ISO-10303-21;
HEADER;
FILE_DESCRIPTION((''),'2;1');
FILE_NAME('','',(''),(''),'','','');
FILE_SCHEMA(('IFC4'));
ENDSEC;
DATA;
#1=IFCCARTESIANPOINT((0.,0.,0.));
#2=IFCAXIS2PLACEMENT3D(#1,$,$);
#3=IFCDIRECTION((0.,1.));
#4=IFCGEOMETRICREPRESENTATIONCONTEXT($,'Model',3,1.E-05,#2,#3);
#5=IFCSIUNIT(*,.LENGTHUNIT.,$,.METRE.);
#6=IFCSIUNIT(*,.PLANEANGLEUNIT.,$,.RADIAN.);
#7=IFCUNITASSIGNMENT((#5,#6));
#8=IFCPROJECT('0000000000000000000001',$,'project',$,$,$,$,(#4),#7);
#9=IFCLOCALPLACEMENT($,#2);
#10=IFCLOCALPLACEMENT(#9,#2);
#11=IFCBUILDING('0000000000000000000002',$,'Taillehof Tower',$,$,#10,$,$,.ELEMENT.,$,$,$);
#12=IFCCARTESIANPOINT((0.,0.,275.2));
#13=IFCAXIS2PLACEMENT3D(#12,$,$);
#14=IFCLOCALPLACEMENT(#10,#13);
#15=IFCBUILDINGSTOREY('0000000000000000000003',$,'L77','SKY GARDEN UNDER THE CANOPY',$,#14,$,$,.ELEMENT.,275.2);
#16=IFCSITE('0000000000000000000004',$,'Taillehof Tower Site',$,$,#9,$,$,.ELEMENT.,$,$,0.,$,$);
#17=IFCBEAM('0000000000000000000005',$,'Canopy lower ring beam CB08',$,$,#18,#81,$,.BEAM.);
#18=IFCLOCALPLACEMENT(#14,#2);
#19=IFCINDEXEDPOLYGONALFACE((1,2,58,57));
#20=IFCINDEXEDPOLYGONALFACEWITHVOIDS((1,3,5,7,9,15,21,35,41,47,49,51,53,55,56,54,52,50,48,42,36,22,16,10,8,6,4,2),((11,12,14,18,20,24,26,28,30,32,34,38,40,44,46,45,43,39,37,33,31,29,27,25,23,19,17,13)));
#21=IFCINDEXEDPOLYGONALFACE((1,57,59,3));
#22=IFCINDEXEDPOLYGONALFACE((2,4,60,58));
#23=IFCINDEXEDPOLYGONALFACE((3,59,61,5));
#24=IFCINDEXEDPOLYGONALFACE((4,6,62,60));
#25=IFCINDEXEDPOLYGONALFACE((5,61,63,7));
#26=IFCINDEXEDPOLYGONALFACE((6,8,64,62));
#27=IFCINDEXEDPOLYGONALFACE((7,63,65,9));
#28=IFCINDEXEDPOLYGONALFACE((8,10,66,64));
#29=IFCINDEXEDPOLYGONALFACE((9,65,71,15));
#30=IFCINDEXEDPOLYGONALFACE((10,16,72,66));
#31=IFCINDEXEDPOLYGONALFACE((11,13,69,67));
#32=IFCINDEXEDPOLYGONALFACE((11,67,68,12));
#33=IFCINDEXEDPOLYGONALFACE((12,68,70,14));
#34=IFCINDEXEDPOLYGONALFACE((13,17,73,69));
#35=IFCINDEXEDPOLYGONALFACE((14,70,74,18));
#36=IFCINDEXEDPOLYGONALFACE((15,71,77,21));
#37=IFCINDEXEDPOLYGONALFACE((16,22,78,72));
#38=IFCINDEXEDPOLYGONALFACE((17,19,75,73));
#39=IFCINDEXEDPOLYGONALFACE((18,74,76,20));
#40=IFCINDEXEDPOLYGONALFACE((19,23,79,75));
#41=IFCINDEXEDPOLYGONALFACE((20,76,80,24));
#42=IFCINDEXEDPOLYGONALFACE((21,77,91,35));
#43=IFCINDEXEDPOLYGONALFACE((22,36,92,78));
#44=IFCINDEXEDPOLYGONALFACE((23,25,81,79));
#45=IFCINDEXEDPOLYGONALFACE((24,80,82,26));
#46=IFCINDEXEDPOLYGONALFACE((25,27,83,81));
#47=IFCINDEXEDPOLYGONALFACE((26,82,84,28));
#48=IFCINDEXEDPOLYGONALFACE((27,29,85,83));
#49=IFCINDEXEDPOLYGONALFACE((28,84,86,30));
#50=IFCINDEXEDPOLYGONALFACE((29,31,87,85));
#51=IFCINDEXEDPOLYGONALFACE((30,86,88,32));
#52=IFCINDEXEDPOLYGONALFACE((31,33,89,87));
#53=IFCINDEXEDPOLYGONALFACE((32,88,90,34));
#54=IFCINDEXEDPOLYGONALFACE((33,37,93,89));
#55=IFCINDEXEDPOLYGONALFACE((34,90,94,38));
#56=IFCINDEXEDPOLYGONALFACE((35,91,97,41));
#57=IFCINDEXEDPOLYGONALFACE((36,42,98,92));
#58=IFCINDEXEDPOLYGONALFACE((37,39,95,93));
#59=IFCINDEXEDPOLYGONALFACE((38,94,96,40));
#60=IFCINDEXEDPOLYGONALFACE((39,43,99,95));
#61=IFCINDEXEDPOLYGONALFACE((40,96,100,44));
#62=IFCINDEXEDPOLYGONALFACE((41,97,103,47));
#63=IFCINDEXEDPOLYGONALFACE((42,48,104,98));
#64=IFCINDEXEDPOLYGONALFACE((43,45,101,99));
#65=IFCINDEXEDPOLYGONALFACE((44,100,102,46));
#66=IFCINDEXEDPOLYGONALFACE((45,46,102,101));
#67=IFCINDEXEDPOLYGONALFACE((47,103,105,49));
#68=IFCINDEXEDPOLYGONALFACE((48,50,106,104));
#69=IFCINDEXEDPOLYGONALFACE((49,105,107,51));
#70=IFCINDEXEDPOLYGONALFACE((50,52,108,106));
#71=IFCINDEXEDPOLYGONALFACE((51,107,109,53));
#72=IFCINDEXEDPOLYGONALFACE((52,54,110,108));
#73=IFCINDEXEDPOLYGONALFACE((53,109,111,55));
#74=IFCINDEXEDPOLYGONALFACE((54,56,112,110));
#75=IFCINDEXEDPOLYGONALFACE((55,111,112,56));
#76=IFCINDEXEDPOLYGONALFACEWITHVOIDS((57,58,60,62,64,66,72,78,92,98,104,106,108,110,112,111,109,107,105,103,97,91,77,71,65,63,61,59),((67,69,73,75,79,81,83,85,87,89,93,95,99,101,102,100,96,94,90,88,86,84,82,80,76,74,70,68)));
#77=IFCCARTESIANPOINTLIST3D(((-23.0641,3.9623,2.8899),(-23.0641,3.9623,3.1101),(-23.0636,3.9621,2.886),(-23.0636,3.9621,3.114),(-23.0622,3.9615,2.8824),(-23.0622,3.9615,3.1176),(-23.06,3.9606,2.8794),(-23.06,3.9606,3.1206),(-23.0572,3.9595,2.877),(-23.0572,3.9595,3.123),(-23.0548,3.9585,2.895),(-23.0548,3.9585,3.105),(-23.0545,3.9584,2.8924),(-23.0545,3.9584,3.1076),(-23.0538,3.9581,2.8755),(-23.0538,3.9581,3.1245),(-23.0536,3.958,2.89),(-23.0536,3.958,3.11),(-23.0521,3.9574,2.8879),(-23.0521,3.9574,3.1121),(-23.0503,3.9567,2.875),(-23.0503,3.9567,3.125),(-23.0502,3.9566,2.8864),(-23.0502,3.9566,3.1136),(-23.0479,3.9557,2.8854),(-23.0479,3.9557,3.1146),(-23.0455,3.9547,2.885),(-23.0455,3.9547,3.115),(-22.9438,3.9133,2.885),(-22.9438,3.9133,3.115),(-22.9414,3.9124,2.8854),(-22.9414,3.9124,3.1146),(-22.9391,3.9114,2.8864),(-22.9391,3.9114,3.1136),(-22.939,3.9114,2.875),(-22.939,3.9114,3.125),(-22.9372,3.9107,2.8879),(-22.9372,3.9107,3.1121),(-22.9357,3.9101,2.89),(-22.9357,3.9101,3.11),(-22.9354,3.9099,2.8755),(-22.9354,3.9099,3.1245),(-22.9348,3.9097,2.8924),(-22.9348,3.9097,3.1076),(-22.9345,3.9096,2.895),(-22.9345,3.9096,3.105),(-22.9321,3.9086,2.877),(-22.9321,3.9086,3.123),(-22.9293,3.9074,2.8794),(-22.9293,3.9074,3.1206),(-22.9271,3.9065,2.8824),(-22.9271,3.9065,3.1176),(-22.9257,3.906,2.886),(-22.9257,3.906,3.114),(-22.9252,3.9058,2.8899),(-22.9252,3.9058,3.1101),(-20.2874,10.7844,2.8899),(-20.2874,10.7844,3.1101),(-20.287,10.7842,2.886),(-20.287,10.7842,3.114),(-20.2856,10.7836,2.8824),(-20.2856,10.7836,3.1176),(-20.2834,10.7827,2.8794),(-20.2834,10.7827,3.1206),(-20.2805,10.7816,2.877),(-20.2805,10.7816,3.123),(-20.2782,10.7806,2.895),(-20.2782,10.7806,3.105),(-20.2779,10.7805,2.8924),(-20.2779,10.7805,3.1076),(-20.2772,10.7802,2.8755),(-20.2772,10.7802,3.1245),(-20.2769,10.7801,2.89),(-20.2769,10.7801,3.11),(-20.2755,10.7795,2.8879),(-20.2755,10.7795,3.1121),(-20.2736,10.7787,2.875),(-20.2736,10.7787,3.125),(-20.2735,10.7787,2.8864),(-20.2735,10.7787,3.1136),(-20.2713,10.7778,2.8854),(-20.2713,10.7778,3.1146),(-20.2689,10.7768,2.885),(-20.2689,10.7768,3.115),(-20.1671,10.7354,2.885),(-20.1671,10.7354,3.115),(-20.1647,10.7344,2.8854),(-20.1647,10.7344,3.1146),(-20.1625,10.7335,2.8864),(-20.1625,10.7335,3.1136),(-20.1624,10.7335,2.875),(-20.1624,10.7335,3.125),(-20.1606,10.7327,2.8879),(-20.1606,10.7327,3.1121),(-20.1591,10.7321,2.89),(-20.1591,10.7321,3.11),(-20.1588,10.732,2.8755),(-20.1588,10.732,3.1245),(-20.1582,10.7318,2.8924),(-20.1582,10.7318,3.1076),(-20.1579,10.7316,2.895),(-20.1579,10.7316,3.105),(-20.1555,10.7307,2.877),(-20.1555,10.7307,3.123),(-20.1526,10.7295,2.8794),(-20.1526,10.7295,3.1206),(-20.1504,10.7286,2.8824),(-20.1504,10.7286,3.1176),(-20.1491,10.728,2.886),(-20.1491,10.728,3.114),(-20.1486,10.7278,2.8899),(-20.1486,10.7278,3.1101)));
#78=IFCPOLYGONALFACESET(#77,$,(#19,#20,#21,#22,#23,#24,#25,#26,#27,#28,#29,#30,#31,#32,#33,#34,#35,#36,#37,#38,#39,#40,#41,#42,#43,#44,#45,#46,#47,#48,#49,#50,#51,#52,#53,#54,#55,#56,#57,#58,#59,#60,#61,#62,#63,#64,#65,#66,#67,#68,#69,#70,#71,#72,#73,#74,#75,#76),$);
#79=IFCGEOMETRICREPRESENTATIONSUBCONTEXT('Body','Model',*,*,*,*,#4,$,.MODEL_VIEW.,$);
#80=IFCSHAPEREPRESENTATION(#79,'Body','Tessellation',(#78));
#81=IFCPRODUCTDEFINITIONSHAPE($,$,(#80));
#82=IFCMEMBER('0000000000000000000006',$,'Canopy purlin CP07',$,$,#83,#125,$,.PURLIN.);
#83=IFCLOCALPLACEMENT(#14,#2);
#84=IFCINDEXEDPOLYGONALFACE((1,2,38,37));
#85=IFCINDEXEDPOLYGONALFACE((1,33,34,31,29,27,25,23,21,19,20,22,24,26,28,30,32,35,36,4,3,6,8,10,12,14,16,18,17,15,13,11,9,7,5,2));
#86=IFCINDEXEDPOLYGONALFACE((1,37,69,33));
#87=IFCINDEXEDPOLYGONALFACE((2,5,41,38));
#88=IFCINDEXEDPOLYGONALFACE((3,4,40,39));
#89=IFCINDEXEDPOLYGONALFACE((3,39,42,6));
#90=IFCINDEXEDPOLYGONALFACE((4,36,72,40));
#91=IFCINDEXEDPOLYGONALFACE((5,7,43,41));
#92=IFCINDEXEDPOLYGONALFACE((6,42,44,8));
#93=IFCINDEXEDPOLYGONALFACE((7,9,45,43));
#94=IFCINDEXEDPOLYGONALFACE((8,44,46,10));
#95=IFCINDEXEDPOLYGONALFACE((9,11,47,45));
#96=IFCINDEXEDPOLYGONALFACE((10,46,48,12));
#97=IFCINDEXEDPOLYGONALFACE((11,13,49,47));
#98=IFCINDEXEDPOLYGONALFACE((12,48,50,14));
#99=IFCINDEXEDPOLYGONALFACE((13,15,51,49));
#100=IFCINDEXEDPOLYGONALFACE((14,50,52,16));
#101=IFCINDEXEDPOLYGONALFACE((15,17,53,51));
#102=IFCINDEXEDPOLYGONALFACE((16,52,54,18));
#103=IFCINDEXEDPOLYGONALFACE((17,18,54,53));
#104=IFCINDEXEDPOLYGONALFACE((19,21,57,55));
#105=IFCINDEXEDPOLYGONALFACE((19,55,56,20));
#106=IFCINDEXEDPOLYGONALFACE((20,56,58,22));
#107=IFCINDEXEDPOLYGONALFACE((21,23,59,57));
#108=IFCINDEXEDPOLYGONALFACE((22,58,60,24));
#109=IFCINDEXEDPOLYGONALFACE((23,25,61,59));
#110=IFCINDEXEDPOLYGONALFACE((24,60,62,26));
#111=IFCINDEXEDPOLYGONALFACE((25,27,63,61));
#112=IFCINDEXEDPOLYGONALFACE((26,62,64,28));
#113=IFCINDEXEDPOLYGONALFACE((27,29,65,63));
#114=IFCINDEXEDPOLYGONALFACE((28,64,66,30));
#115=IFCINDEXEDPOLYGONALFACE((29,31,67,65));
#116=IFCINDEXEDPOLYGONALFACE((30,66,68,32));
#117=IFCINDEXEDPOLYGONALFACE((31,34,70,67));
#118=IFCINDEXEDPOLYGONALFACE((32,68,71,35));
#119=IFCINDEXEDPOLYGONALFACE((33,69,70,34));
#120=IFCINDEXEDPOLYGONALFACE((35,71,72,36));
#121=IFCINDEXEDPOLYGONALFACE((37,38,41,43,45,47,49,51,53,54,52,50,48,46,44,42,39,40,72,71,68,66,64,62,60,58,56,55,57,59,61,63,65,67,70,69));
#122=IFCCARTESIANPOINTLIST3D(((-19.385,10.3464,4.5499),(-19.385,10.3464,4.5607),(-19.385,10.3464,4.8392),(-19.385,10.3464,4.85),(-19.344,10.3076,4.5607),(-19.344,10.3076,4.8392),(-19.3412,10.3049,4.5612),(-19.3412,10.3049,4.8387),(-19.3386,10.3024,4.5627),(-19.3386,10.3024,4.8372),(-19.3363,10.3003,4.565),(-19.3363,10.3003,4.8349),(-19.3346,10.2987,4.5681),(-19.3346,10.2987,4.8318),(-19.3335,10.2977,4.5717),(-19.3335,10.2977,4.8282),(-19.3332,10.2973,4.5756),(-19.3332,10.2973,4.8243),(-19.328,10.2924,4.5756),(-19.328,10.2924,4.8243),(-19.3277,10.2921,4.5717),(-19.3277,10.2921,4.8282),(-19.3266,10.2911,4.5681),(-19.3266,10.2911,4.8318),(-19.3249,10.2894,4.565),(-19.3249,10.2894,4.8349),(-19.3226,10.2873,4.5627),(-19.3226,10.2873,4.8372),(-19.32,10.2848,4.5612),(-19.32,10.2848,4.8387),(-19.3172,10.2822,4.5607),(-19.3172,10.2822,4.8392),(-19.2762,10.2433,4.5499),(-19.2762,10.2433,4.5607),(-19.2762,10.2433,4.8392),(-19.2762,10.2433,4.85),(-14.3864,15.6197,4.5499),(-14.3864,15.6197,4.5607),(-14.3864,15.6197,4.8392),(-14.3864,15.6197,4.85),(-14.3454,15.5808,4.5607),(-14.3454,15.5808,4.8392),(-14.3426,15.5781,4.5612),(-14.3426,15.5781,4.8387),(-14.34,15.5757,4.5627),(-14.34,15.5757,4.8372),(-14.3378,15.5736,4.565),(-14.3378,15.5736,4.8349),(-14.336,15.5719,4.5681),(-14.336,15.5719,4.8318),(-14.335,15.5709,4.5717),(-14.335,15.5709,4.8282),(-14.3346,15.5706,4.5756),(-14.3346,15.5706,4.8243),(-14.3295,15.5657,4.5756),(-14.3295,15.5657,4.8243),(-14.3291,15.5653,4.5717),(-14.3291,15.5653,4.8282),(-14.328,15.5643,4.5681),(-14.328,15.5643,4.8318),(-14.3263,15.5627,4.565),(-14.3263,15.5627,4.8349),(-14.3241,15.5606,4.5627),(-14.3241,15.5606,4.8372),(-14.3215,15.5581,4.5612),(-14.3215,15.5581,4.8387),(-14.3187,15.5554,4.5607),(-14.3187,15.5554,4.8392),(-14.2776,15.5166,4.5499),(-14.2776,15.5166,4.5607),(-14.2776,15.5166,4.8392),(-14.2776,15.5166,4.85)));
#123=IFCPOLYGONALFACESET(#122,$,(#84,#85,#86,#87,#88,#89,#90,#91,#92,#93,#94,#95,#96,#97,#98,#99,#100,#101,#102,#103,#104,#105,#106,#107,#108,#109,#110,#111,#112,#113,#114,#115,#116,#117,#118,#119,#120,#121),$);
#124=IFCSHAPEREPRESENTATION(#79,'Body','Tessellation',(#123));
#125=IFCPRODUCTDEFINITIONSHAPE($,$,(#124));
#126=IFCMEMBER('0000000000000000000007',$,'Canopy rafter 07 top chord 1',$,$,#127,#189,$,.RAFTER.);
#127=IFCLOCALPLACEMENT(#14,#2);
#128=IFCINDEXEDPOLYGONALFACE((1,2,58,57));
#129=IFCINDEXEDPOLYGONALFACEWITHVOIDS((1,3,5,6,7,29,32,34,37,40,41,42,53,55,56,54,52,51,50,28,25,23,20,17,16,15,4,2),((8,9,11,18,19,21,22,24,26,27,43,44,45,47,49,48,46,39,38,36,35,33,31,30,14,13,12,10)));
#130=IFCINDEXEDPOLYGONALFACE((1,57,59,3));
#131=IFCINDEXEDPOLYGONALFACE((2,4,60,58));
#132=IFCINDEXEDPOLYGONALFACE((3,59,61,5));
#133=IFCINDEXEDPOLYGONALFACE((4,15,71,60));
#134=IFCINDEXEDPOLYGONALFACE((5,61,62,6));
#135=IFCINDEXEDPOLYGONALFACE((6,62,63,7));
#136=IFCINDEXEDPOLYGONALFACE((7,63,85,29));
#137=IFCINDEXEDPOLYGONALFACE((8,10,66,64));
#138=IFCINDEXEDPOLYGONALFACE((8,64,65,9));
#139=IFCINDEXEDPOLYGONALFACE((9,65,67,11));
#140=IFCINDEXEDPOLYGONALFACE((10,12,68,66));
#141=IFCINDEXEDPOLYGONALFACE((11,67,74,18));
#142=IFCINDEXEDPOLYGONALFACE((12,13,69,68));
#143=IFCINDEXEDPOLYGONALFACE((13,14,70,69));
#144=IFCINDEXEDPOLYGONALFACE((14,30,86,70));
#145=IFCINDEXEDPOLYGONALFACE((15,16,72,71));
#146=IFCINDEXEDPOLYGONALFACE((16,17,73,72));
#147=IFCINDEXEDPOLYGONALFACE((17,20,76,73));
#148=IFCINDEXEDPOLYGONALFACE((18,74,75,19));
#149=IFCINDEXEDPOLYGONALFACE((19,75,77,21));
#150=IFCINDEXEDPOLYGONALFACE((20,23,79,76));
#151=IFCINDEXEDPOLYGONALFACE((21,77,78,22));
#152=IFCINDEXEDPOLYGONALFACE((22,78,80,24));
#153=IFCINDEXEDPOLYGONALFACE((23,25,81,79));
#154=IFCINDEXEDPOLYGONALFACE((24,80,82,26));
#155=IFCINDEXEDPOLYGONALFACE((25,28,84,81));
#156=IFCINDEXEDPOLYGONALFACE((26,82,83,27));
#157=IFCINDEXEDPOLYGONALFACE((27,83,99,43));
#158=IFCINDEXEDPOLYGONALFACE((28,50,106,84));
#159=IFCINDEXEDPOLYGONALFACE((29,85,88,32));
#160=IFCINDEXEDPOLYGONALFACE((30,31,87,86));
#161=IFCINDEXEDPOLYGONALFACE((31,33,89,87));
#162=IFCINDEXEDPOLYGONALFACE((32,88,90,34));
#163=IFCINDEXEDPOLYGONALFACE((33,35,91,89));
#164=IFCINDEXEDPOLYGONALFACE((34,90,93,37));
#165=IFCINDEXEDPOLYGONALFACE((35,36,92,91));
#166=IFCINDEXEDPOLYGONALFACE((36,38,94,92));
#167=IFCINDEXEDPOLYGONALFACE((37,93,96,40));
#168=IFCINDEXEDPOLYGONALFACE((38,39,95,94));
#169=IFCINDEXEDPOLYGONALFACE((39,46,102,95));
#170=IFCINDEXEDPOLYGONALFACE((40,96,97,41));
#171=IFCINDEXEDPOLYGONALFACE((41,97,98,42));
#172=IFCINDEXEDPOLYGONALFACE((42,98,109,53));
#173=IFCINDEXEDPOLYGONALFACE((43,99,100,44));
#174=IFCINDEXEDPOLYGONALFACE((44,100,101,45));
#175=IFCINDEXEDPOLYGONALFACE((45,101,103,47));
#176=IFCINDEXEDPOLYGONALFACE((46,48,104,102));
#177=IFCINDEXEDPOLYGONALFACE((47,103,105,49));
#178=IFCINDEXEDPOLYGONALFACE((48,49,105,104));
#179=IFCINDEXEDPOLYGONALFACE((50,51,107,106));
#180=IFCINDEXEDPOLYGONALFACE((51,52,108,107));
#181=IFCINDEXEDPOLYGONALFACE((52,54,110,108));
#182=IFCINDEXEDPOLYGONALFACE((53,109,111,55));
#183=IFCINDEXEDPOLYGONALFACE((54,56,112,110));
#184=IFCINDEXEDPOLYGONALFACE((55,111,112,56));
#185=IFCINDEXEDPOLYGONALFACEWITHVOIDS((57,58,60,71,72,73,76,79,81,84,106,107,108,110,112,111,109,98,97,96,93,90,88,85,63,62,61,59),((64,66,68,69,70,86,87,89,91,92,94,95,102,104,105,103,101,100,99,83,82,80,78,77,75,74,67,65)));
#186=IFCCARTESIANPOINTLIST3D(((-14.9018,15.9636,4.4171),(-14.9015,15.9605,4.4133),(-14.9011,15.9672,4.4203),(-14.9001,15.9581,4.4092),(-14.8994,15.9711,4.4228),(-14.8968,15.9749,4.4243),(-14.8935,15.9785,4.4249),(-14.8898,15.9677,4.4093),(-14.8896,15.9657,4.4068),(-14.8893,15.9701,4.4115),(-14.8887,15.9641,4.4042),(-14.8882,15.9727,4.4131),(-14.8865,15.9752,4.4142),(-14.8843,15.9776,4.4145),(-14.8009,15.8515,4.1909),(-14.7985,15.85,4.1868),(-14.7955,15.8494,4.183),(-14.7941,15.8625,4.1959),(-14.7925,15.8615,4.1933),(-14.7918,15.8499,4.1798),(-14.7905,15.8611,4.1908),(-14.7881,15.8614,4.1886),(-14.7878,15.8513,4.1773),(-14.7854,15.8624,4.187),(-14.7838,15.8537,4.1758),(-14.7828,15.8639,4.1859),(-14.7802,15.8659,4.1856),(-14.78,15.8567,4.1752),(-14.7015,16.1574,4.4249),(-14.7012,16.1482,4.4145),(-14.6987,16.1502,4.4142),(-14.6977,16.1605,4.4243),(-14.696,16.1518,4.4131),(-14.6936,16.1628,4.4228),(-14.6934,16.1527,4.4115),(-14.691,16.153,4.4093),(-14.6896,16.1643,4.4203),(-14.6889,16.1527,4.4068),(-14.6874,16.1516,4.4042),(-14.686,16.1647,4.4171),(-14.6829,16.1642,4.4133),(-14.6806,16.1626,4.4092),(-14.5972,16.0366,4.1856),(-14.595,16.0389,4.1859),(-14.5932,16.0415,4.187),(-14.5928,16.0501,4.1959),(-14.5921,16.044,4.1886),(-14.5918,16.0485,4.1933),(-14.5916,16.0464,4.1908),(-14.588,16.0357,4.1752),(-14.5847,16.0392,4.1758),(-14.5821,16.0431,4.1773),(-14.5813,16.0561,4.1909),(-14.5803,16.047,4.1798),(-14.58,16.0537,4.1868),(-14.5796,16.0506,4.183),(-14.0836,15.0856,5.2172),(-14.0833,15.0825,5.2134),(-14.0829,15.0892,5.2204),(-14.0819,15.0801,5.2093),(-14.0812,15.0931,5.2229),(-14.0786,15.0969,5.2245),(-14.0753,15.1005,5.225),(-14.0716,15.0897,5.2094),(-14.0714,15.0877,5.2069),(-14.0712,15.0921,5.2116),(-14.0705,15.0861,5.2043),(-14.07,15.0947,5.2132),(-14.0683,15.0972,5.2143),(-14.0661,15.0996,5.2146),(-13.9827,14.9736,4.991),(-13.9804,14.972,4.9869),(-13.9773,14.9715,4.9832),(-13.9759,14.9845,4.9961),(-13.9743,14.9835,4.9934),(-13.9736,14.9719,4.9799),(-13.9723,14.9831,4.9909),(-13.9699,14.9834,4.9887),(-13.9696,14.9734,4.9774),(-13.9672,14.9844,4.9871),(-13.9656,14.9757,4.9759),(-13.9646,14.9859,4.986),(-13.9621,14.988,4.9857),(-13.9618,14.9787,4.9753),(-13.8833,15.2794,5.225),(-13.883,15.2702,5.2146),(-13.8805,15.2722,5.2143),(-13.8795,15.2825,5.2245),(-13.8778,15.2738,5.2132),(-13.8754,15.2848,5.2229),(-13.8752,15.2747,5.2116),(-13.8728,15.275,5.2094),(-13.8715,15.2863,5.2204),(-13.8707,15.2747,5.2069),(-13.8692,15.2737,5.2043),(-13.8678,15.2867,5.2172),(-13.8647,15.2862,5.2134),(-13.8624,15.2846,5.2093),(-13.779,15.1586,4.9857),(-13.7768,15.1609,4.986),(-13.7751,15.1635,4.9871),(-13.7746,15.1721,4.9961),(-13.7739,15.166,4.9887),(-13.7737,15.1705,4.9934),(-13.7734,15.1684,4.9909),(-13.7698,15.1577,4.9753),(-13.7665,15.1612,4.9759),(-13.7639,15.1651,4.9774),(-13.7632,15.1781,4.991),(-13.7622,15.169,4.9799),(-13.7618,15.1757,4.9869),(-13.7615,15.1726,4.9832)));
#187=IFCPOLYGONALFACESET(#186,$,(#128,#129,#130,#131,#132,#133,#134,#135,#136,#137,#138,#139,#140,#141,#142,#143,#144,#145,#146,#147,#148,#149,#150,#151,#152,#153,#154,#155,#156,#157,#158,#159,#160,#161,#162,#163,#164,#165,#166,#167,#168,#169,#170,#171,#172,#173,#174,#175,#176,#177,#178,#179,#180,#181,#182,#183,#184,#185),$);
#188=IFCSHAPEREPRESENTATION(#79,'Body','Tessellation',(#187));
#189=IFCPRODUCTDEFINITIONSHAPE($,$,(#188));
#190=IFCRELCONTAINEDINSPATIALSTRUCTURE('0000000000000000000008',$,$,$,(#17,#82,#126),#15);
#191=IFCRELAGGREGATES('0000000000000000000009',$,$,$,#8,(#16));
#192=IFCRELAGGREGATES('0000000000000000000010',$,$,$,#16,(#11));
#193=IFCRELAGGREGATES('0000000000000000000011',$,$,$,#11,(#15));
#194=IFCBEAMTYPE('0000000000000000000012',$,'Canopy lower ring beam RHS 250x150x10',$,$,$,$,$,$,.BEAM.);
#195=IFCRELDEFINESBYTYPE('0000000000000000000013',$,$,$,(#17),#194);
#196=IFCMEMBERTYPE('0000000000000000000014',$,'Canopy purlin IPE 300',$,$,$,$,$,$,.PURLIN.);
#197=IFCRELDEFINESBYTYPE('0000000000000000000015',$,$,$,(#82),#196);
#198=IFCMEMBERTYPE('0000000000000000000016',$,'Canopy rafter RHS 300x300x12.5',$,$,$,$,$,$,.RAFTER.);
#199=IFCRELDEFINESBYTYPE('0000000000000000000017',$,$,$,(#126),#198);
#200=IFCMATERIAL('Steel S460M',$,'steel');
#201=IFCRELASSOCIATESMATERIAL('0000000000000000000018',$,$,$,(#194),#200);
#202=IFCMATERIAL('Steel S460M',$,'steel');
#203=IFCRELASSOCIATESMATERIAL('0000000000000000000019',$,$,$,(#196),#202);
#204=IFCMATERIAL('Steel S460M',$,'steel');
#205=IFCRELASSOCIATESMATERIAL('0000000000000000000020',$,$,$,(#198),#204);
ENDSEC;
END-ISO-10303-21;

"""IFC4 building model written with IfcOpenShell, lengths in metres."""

from ifc_helpers import new_model, si_unit, direction, frame, origin, origin_2d, place, context, subcontext, project, spatial, hollow_rectangle, i_section, extrude, material, material_profile, profile_set, type_object, element, save


model = new_model("IFC4")

# Units and contexts
model_context = context("Model", 3, precision=1e-05, world=origin(), true_north=direction((0.0, 1.0)))
body_context = subcontext(model_context, "Body", "Model", "MODEL_VIEW")
ifc_project = project(units=[si_unit("LENGTHUNIT", "METRE"), si_unit("PLANEANGLEUNIT", "RADIAN")], contexts=[model_context])

# Site, building, storey
site_placement = place(None, origin())
site = spatial("IfcSite", under=ifc_project, at=site_placement, Name="Taillehof Tower Site", CompositionType="ELEMENT", RefElevation=0.0)
building_placement = place(site_placement, origin())
building = spatial("IfcBuilding", under=site, at=building_placement, Name="Taillehof Tower", CompositionType="ELEMENT")
storey_placement = place(building_placement, frame((0.0, 0.0, 275.2)))
storey = spatial("IfcBuildingStorey", under=building, at=storey_placement, Name="L77", Description="SKY GARDEN UNDER THE CANOPY", CompositionType="ELEMENT", Elevation=275.2)

# Beam
ifc_material_1 = material(Name="Steel S460M", Category="steel")
ifc_material_profile_1 = material_profile(ifc_material_1, hollow_rectangle(XDim=0.1499, YDim=0.25, WallThickness=0.01, InnerFilletRadius=0.01, OuterFilletRadius=0.0149, at=origin_2d()), Name="RHS 250x150x10")
ifc_profile_set_1 = profile_set([ifc_material_profile_1], Name="Steel S460M")
beam_type_1 = type_object("IfcBeamType", Name="Canopy lower ring beam RHS 250x150x10", PredefinedType="BEAM", material=ifc_profile_set_1)
beam_1_placement = place(storey_placement, frame((-20.218, 10.7561, 3.0), z_axis=(-0.376979, -0.926222, 0.0), x_axis=(0.926222, -0.376979, 0.0)))
element("IfcBeam", 1, at=beam_1_placement, inside=storey, type_object=beam_type_1, Name="Canopy lower ring beam CB08", PredefinedType="BEAM", context=body_context, shape_type="SweptSolid", body=[
    extrude(hollow_rectangle(XDim=0.1499, YDim=0.25, WallThickness=0.01, InnerFilletRadius=0.01, OuterFilletRadius=0.0149, at=origin_2d()), origin(), (0.0, 0.0, 1.0), 7.3655),
])

# Members
ifc_material_2 = material(Name="Steel S460M", Category="steel")
ifc_material_profile_2 = material_profile(ifc_material_2, i_section(OverallWidth=0.1499, OverallDepth=0.3, WebThickness=0.0071, FlangeThickness=0.0107, FilletRadius=0.0149, at=origin_2d()), Name="IPE 300")
ifc_profile_set_2 = profile_set([ifc_material_profile_2], Name="Steel S460M")
member_type_1 = type_object("IfcMemberType", Name="Canopy purlin IPE 300", PredefinedType="PURLIN", material=ifc_profile_set_2)
member_1_placement = place(storey_placement, frame((-14.332, 15.5681, 4.7), z_axis=(-0.687953, -0.725755, 0.0), x_axis=(0.725755, -0.687953, 0.0)))
element("IfcMember", 2, at=member_1_placement, inside=storey, type_object=member_type_1, Name="Canopy purlin CP07", PredefinedType="PURLIN", context=body_context, shape_type="SweptSolid", body=[
    extrude(i_section(OverallWidth=0.1499, OverallDepth=0.3, WebThickness=0.0071, FlangeThickness=0.0107, FilletRadius=0.0149, at=origin_2d()), origin(), (0.0, 0.0, 1.0), 7.2659),
])
ifc_material_3 = material(Name="Steel S460M", Category="steel")
ifc_material_profile_3 = material_profile(ifc_material_3, hollow_rectangle(XDim=0.3, YDim=0.3, WallThickness=0.0125, InnerFilletRadius=0.0125, OuterFilletRadius=0.0188, at=origin_2d()), Name="RHS 300x300x12.5")
ifc_profile_set_3 = profile_set([ifc_material_profile_3], Name="Steel S460M")
member_type_2 = type_object("IfcMemberType", Name="Canopy rafter RHS 300x300x12.5", PredefinedType="RAFTER", material=ifc_profile_set_3)
member_2_placement = place(storey_placement, frame((-14.7407, 16.0071, 4.3), z_axis=(0.56724, -0.608713, 0.554714), x_axis=(0.73159, 0.681745, 0.0)))
element("IfcMember", 3, at=member_2_placement, inside=storey, type_object=member_type_2, Name="Canopy rafter 07 top chord 1", PredefinedType="RAFTER", context=body_context, shape_type="SweptSolid", body=[
    extrude(hollow_rectangle(XDim=0.3, YDim=0.3, WallThickness=0.0125, InnerFilletRadius=0.0125, OuterFilletRadius=0.0188, at=origin_2d()), origin(), (0.0, 0.0, 1.0), 1.4424),
])

save(model, "model.ifc")
